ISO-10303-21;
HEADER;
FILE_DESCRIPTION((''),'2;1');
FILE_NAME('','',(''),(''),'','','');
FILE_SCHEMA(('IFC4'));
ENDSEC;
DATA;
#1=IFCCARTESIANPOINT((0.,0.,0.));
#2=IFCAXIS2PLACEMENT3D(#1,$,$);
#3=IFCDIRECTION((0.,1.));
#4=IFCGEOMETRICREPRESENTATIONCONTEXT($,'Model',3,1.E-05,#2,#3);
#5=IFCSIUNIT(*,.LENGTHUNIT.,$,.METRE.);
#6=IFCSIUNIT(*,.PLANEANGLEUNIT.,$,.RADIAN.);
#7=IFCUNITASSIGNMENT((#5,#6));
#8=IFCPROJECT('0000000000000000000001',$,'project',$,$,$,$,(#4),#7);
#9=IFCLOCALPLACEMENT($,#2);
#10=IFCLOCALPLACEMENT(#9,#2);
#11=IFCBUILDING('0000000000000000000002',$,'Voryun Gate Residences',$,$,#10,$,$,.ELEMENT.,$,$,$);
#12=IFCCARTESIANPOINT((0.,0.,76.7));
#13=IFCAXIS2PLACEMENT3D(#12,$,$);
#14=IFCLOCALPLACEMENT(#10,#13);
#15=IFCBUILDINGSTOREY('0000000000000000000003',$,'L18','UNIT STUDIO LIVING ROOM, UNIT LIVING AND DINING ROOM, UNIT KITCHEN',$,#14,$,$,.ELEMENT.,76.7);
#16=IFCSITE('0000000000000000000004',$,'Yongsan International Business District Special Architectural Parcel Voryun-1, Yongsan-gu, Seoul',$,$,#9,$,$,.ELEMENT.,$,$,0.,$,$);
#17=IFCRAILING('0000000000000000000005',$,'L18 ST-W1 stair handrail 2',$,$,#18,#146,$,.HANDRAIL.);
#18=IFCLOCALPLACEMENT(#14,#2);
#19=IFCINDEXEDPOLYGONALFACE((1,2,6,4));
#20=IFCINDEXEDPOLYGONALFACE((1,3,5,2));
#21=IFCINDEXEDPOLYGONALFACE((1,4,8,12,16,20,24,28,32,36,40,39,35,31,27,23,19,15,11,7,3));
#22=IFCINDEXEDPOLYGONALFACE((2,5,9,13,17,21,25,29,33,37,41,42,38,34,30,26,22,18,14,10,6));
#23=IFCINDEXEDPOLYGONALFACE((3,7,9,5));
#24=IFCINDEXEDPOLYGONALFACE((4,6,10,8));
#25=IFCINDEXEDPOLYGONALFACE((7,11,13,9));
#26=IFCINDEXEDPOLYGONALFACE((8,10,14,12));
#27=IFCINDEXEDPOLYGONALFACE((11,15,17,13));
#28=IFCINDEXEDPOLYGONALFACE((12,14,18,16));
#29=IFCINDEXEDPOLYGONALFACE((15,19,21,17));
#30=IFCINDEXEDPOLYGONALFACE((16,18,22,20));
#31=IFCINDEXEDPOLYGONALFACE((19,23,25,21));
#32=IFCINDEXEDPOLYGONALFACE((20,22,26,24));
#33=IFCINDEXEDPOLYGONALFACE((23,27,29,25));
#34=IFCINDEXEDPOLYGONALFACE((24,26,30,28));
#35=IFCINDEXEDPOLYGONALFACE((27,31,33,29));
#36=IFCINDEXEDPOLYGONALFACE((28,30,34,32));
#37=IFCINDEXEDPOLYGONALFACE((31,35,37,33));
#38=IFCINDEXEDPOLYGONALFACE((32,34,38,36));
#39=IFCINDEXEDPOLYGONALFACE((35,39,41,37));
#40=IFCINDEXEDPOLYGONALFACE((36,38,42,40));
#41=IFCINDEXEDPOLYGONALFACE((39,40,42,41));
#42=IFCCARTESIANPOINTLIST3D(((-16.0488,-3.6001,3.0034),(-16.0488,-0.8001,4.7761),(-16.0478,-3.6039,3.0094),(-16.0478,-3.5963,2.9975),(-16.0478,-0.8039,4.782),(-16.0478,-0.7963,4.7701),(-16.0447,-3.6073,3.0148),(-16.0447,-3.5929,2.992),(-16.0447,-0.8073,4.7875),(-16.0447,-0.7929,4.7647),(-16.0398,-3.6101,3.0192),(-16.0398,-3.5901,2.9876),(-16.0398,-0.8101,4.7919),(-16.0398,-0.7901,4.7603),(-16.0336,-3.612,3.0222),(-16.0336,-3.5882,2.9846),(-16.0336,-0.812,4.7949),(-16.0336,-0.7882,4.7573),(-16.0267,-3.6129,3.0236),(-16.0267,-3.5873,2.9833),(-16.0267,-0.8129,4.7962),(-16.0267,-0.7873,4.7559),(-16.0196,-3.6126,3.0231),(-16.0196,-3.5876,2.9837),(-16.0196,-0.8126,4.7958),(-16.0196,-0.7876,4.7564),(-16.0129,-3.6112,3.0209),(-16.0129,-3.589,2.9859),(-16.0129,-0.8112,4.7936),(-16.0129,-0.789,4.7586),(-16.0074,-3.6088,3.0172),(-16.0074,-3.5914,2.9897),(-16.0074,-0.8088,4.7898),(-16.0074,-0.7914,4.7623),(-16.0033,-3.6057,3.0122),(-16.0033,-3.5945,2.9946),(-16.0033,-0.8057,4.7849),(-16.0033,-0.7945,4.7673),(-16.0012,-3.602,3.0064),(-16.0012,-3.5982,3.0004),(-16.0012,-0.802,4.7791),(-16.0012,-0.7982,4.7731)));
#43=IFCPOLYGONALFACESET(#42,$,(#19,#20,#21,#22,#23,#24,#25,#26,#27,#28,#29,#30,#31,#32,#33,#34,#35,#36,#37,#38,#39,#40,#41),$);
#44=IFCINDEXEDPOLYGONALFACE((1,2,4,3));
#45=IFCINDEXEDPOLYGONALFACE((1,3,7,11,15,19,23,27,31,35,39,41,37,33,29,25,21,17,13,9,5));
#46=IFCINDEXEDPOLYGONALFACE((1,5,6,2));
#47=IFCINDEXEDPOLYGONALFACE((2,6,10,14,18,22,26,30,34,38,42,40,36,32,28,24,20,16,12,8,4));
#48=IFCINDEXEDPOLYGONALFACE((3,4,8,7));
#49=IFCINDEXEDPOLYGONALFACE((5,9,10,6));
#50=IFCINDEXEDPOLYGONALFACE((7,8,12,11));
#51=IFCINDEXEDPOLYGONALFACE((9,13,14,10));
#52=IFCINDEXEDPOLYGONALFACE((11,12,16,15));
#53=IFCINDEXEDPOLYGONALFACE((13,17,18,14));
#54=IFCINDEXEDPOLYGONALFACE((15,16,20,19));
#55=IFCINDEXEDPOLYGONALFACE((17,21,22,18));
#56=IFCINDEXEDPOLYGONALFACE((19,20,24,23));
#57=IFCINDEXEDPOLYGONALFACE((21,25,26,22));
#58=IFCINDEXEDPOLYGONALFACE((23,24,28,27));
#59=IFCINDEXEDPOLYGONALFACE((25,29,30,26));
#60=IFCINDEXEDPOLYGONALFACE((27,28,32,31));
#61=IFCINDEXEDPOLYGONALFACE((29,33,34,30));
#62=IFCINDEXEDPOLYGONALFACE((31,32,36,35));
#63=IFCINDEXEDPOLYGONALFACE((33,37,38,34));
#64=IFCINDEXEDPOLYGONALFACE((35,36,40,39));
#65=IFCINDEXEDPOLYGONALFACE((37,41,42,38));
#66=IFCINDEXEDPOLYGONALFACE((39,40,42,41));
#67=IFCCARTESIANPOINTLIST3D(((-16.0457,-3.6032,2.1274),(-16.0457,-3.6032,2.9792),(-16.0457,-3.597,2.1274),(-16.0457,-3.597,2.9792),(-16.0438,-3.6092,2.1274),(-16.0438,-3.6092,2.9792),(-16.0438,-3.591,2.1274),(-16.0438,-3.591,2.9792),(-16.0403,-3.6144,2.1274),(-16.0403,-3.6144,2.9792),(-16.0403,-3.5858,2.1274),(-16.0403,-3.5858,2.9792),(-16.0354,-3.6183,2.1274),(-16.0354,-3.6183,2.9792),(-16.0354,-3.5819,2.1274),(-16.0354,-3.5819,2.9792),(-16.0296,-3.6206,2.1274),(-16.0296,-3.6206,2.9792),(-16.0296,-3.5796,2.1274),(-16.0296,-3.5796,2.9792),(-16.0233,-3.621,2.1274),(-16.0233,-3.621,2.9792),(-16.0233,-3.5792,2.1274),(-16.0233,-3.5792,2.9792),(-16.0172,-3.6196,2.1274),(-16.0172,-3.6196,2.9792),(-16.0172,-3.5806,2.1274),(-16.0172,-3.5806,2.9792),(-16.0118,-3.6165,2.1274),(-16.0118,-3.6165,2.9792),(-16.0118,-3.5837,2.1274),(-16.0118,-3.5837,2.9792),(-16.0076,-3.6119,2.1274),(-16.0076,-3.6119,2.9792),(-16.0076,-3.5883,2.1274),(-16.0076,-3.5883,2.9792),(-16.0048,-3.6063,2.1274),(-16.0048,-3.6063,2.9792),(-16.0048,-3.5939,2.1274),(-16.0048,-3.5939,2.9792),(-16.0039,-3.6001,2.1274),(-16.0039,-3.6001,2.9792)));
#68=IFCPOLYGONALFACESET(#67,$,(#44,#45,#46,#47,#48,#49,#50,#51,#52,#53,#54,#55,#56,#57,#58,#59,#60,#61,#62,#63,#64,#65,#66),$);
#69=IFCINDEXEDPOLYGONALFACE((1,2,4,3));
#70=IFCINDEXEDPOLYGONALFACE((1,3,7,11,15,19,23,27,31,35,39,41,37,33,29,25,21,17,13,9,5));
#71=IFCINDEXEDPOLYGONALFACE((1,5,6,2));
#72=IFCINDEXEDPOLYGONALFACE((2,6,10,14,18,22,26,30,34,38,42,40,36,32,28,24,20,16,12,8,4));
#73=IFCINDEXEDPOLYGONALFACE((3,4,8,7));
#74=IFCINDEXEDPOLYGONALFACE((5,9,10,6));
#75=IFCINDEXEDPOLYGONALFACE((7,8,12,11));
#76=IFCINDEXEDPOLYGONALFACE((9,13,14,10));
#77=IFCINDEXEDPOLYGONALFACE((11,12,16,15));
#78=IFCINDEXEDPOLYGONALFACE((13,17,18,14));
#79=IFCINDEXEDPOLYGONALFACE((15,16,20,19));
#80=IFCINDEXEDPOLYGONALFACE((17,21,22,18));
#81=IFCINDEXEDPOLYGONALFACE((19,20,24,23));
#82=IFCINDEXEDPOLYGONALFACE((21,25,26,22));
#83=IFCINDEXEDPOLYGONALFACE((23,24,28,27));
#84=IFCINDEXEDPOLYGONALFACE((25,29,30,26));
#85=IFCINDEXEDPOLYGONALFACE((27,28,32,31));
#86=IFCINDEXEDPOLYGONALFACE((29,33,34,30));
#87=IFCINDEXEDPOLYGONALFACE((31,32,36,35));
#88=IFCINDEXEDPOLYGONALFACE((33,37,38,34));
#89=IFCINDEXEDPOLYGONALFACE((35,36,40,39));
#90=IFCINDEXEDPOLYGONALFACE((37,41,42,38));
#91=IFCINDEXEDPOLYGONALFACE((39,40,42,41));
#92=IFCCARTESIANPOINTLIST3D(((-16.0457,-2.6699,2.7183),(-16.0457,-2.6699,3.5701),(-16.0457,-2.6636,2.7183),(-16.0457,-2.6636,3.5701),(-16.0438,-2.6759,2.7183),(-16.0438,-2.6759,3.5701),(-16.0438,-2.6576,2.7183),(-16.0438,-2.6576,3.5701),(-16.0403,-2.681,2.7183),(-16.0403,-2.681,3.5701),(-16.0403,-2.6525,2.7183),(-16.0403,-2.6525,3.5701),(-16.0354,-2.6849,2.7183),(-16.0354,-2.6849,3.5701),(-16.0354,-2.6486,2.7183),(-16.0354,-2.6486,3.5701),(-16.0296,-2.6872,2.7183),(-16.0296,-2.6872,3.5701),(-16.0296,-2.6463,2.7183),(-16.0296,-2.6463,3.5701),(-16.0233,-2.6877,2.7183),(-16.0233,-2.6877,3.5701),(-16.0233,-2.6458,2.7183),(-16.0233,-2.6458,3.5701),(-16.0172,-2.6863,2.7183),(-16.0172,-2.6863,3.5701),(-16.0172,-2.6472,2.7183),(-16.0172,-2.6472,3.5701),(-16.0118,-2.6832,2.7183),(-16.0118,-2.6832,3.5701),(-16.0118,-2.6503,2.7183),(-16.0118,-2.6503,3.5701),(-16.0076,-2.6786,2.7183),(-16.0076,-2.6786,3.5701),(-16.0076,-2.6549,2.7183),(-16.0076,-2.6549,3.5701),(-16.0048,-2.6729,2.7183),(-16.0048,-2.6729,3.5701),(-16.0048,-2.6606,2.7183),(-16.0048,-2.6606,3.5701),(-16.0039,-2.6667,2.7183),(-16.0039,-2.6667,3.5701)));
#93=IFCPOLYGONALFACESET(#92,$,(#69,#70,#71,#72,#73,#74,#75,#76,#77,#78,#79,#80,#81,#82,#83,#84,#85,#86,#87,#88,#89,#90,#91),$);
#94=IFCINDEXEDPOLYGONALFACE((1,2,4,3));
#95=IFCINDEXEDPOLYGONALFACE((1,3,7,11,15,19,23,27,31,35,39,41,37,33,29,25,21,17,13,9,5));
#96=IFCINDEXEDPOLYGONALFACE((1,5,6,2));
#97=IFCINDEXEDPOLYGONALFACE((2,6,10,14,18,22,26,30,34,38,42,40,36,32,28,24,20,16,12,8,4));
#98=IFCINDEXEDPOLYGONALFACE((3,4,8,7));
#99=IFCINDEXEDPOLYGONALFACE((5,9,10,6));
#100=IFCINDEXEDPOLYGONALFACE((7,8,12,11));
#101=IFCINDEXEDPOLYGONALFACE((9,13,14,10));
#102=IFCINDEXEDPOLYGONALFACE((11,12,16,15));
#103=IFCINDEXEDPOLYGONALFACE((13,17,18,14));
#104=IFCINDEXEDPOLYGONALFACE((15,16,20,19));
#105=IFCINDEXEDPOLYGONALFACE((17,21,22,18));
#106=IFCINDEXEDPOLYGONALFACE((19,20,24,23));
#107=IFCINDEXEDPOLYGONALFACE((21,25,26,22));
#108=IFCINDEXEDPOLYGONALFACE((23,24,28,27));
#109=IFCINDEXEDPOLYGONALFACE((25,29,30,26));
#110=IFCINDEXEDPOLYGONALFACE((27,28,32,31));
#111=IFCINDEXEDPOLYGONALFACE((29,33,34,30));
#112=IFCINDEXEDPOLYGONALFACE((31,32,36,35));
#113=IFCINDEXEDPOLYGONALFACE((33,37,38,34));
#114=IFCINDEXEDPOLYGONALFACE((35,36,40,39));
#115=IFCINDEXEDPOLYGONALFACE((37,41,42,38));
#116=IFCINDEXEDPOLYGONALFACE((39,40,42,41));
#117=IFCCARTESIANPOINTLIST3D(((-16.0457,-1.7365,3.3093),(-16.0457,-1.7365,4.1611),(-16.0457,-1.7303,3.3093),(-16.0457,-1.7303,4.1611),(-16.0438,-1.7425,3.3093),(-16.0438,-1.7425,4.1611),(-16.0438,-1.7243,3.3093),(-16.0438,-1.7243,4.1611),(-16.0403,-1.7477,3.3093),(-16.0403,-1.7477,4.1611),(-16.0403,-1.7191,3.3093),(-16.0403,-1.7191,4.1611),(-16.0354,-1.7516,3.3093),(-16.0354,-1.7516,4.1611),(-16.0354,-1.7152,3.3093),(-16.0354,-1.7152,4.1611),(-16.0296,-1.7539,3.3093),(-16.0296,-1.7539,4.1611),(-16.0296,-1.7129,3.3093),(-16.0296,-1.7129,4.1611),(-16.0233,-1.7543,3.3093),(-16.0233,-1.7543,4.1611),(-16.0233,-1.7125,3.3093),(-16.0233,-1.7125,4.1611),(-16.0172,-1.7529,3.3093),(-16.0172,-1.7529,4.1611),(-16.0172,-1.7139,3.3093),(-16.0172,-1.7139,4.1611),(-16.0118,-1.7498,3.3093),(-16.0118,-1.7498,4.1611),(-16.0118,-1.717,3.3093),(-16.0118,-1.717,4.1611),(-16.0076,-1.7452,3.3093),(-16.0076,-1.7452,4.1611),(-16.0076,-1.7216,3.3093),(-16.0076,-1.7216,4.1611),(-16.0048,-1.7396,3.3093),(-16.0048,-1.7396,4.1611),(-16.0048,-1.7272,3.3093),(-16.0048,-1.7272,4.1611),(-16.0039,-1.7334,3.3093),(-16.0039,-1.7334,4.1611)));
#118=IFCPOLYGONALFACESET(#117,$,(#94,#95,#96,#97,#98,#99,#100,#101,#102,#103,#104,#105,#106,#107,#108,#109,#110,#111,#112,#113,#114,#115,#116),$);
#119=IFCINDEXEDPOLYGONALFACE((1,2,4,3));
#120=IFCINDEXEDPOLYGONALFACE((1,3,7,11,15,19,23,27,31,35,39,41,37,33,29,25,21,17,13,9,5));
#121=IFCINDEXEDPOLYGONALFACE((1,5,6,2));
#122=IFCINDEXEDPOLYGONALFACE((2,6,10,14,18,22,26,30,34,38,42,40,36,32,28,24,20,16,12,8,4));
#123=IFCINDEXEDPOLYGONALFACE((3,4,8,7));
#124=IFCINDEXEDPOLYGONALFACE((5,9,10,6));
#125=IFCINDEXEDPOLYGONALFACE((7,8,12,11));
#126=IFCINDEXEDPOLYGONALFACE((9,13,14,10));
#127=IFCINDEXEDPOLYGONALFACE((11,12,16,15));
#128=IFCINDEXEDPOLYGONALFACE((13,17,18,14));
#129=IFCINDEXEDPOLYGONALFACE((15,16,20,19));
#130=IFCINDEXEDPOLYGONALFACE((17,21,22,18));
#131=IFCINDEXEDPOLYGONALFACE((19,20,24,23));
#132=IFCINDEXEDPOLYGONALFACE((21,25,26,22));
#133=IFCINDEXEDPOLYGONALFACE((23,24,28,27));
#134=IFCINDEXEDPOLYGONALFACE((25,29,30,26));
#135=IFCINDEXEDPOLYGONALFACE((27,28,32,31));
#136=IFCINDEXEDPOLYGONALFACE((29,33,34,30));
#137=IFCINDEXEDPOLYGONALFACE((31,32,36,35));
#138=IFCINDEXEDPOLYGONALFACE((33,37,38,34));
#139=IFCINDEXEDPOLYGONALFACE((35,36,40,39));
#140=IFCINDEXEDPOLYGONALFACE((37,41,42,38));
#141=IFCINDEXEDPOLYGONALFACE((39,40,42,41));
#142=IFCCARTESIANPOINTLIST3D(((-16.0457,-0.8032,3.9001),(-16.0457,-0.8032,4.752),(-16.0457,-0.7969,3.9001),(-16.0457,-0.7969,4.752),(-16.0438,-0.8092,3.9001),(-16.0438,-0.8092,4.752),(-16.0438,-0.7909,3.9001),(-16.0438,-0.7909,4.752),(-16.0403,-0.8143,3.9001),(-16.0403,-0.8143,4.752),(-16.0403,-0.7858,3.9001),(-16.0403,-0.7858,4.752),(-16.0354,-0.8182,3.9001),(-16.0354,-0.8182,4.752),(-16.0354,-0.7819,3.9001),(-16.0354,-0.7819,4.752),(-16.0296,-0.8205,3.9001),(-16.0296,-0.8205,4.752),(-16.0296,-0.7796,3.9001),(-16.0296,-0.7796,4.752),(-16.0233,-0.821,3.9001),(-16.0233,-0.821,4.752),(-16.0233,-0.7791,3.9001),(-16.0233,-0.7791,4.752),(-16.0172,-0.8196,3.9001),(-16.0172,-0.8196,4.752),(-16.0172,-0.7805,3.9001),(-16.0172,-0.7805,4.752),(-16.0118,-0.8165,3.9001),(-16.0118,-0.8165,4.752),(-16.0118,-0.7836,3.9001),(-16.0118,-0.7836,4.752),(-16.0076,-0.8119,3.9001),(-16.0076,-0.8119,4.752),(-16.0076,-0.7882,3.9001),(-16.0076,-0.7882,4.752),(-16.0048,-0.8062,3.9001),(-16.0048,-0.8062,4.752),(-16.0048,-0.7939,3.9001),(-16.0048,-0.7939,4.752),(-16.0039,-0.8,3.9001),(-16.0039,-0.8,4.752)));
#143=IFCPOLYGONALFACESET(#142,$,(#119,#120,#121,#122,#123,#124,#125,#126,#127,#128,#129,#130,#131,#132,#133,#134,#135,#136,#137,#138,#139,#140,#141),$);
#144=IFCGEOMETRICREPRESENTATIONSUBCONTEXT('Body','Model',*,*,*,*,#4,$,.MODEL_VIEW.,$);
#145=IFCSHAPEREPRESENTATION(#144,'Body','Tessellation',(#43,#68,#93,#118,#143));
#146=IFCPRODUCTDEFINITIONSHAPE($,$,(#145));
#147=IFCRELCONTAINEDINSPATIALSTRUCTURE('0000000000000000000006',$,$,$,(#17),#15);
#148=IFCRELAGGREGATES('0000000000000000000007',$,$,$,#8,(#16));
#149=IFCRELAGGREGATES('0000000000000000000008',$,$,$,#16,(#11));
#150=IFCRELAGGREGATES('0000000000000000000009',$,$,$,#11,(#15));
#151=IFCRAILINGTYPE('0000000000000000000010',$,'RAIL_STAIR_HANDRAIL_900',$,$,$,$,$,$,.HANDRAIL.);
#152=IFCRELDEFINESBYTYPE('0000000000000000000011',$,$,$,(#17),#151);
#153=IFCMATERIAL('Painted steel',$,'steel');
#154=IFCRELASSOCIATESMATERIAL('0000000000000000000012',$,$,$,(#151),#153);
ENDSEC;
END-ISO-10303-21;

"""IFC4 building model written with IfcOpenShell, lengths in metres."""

from ifc_helpers import new_model, si_unit, direction, frame, origin, origin_2d, place, context, subcontext, project, spatial, circle, extrude, material, type_object, element, save


model = new_model("IFC4")

# Units and contexts
model_context = context("Model", 3, precision=1e-05, world=origin(), true_north=direction((0.0, 1.0)))
body_context = subcontext(model_context, "Body", "Model", "MODEL_VIEW")
ifc_project = project(units=[si_unit("LENGTHUNIT", "METRE"), si_unit("PLANEANGLEUNIT", "RADIAN")], contexts=[model_context])

# Site, building, storey
site_placement = place(None, origin())
site = spatial("IfcSite", under=ifc_project, at=site_placement, Name="Yongsan International Business District Special Architectural Parcel Voryun-1, Yongsan-gu, Seoul", CompositionType="ELEMENT", RefElevation=0.0)
building_placement = place(site_placement, origin())
building = spatial("IfcBuilding", under=site, at=building_placement, Name="Voryun Gate Residences", CompositionType="ELEMENT")
storey_placement = place(building_placement, frame((0.0, 0.0, 76.7)))
storey = spatial("IfcBuildingStorey", under=building, at=storey_placement, Name="L18", Description="UNIT STUDIO LIVING ROOM, UNIT LIVING AND DINING ROOM, UNIT KITCHEN", CompositionType="ELEMENT", Elevation=76.7)

# Railing
ifc_material_1 = material(Name="Painted steel", Category="steel")
railing_type_1 = type_object("IfcRailingType", Name="RAIL_STAIR_HANDRAIL_900", PredefinedType="HANDRAIL", material=ifc_material_1)
railing_1_placement = place(storey_placement, frame((-16.0249, -3.6001, 2.1274)))
element("IfcRailing", 1, at=railing_1_placement, inside=storey, type_object=railing_type_1, Name="L18 ST-W1 stair handrail 2", PredefinedType="HANDRAIL", context=body_context, shape_type="SweptSolid", body=[
    extrude(circle(Radius=0.0239, at=origin_2d()), frame((0.0, 0.0, 0.876), z_axis=(0.0, 0.844909, 0.53491), x_axis=(-1.0, 0.0, 0.0)), (0.0, 0.0, 1.0), 3.314),
    extrude(circle(Radius=0.021, at=origin_2d()), origin(), (0.0, 0.0, 1.0), 0.8518),
    extrude(circle(Radius=0.021, at=origin_2d()), frame((0.0, 0.9333, 0.5908)), (0.0, 0.0, 1.0), 0.8518),
    extrude(circle(Radius=0.021, at=origin_2d()), frame((0.0, 1.8667, 1.1819)), (0.0, 0.0, 1.0), 0.8518),
    extrude(circle(Radius=0.021, at=origin_2d()), frame((0.0, 2.8, 1.7727)), (0.0, 0.0, 1.0), 0.8518),
])

save(model, "model.ifc")
